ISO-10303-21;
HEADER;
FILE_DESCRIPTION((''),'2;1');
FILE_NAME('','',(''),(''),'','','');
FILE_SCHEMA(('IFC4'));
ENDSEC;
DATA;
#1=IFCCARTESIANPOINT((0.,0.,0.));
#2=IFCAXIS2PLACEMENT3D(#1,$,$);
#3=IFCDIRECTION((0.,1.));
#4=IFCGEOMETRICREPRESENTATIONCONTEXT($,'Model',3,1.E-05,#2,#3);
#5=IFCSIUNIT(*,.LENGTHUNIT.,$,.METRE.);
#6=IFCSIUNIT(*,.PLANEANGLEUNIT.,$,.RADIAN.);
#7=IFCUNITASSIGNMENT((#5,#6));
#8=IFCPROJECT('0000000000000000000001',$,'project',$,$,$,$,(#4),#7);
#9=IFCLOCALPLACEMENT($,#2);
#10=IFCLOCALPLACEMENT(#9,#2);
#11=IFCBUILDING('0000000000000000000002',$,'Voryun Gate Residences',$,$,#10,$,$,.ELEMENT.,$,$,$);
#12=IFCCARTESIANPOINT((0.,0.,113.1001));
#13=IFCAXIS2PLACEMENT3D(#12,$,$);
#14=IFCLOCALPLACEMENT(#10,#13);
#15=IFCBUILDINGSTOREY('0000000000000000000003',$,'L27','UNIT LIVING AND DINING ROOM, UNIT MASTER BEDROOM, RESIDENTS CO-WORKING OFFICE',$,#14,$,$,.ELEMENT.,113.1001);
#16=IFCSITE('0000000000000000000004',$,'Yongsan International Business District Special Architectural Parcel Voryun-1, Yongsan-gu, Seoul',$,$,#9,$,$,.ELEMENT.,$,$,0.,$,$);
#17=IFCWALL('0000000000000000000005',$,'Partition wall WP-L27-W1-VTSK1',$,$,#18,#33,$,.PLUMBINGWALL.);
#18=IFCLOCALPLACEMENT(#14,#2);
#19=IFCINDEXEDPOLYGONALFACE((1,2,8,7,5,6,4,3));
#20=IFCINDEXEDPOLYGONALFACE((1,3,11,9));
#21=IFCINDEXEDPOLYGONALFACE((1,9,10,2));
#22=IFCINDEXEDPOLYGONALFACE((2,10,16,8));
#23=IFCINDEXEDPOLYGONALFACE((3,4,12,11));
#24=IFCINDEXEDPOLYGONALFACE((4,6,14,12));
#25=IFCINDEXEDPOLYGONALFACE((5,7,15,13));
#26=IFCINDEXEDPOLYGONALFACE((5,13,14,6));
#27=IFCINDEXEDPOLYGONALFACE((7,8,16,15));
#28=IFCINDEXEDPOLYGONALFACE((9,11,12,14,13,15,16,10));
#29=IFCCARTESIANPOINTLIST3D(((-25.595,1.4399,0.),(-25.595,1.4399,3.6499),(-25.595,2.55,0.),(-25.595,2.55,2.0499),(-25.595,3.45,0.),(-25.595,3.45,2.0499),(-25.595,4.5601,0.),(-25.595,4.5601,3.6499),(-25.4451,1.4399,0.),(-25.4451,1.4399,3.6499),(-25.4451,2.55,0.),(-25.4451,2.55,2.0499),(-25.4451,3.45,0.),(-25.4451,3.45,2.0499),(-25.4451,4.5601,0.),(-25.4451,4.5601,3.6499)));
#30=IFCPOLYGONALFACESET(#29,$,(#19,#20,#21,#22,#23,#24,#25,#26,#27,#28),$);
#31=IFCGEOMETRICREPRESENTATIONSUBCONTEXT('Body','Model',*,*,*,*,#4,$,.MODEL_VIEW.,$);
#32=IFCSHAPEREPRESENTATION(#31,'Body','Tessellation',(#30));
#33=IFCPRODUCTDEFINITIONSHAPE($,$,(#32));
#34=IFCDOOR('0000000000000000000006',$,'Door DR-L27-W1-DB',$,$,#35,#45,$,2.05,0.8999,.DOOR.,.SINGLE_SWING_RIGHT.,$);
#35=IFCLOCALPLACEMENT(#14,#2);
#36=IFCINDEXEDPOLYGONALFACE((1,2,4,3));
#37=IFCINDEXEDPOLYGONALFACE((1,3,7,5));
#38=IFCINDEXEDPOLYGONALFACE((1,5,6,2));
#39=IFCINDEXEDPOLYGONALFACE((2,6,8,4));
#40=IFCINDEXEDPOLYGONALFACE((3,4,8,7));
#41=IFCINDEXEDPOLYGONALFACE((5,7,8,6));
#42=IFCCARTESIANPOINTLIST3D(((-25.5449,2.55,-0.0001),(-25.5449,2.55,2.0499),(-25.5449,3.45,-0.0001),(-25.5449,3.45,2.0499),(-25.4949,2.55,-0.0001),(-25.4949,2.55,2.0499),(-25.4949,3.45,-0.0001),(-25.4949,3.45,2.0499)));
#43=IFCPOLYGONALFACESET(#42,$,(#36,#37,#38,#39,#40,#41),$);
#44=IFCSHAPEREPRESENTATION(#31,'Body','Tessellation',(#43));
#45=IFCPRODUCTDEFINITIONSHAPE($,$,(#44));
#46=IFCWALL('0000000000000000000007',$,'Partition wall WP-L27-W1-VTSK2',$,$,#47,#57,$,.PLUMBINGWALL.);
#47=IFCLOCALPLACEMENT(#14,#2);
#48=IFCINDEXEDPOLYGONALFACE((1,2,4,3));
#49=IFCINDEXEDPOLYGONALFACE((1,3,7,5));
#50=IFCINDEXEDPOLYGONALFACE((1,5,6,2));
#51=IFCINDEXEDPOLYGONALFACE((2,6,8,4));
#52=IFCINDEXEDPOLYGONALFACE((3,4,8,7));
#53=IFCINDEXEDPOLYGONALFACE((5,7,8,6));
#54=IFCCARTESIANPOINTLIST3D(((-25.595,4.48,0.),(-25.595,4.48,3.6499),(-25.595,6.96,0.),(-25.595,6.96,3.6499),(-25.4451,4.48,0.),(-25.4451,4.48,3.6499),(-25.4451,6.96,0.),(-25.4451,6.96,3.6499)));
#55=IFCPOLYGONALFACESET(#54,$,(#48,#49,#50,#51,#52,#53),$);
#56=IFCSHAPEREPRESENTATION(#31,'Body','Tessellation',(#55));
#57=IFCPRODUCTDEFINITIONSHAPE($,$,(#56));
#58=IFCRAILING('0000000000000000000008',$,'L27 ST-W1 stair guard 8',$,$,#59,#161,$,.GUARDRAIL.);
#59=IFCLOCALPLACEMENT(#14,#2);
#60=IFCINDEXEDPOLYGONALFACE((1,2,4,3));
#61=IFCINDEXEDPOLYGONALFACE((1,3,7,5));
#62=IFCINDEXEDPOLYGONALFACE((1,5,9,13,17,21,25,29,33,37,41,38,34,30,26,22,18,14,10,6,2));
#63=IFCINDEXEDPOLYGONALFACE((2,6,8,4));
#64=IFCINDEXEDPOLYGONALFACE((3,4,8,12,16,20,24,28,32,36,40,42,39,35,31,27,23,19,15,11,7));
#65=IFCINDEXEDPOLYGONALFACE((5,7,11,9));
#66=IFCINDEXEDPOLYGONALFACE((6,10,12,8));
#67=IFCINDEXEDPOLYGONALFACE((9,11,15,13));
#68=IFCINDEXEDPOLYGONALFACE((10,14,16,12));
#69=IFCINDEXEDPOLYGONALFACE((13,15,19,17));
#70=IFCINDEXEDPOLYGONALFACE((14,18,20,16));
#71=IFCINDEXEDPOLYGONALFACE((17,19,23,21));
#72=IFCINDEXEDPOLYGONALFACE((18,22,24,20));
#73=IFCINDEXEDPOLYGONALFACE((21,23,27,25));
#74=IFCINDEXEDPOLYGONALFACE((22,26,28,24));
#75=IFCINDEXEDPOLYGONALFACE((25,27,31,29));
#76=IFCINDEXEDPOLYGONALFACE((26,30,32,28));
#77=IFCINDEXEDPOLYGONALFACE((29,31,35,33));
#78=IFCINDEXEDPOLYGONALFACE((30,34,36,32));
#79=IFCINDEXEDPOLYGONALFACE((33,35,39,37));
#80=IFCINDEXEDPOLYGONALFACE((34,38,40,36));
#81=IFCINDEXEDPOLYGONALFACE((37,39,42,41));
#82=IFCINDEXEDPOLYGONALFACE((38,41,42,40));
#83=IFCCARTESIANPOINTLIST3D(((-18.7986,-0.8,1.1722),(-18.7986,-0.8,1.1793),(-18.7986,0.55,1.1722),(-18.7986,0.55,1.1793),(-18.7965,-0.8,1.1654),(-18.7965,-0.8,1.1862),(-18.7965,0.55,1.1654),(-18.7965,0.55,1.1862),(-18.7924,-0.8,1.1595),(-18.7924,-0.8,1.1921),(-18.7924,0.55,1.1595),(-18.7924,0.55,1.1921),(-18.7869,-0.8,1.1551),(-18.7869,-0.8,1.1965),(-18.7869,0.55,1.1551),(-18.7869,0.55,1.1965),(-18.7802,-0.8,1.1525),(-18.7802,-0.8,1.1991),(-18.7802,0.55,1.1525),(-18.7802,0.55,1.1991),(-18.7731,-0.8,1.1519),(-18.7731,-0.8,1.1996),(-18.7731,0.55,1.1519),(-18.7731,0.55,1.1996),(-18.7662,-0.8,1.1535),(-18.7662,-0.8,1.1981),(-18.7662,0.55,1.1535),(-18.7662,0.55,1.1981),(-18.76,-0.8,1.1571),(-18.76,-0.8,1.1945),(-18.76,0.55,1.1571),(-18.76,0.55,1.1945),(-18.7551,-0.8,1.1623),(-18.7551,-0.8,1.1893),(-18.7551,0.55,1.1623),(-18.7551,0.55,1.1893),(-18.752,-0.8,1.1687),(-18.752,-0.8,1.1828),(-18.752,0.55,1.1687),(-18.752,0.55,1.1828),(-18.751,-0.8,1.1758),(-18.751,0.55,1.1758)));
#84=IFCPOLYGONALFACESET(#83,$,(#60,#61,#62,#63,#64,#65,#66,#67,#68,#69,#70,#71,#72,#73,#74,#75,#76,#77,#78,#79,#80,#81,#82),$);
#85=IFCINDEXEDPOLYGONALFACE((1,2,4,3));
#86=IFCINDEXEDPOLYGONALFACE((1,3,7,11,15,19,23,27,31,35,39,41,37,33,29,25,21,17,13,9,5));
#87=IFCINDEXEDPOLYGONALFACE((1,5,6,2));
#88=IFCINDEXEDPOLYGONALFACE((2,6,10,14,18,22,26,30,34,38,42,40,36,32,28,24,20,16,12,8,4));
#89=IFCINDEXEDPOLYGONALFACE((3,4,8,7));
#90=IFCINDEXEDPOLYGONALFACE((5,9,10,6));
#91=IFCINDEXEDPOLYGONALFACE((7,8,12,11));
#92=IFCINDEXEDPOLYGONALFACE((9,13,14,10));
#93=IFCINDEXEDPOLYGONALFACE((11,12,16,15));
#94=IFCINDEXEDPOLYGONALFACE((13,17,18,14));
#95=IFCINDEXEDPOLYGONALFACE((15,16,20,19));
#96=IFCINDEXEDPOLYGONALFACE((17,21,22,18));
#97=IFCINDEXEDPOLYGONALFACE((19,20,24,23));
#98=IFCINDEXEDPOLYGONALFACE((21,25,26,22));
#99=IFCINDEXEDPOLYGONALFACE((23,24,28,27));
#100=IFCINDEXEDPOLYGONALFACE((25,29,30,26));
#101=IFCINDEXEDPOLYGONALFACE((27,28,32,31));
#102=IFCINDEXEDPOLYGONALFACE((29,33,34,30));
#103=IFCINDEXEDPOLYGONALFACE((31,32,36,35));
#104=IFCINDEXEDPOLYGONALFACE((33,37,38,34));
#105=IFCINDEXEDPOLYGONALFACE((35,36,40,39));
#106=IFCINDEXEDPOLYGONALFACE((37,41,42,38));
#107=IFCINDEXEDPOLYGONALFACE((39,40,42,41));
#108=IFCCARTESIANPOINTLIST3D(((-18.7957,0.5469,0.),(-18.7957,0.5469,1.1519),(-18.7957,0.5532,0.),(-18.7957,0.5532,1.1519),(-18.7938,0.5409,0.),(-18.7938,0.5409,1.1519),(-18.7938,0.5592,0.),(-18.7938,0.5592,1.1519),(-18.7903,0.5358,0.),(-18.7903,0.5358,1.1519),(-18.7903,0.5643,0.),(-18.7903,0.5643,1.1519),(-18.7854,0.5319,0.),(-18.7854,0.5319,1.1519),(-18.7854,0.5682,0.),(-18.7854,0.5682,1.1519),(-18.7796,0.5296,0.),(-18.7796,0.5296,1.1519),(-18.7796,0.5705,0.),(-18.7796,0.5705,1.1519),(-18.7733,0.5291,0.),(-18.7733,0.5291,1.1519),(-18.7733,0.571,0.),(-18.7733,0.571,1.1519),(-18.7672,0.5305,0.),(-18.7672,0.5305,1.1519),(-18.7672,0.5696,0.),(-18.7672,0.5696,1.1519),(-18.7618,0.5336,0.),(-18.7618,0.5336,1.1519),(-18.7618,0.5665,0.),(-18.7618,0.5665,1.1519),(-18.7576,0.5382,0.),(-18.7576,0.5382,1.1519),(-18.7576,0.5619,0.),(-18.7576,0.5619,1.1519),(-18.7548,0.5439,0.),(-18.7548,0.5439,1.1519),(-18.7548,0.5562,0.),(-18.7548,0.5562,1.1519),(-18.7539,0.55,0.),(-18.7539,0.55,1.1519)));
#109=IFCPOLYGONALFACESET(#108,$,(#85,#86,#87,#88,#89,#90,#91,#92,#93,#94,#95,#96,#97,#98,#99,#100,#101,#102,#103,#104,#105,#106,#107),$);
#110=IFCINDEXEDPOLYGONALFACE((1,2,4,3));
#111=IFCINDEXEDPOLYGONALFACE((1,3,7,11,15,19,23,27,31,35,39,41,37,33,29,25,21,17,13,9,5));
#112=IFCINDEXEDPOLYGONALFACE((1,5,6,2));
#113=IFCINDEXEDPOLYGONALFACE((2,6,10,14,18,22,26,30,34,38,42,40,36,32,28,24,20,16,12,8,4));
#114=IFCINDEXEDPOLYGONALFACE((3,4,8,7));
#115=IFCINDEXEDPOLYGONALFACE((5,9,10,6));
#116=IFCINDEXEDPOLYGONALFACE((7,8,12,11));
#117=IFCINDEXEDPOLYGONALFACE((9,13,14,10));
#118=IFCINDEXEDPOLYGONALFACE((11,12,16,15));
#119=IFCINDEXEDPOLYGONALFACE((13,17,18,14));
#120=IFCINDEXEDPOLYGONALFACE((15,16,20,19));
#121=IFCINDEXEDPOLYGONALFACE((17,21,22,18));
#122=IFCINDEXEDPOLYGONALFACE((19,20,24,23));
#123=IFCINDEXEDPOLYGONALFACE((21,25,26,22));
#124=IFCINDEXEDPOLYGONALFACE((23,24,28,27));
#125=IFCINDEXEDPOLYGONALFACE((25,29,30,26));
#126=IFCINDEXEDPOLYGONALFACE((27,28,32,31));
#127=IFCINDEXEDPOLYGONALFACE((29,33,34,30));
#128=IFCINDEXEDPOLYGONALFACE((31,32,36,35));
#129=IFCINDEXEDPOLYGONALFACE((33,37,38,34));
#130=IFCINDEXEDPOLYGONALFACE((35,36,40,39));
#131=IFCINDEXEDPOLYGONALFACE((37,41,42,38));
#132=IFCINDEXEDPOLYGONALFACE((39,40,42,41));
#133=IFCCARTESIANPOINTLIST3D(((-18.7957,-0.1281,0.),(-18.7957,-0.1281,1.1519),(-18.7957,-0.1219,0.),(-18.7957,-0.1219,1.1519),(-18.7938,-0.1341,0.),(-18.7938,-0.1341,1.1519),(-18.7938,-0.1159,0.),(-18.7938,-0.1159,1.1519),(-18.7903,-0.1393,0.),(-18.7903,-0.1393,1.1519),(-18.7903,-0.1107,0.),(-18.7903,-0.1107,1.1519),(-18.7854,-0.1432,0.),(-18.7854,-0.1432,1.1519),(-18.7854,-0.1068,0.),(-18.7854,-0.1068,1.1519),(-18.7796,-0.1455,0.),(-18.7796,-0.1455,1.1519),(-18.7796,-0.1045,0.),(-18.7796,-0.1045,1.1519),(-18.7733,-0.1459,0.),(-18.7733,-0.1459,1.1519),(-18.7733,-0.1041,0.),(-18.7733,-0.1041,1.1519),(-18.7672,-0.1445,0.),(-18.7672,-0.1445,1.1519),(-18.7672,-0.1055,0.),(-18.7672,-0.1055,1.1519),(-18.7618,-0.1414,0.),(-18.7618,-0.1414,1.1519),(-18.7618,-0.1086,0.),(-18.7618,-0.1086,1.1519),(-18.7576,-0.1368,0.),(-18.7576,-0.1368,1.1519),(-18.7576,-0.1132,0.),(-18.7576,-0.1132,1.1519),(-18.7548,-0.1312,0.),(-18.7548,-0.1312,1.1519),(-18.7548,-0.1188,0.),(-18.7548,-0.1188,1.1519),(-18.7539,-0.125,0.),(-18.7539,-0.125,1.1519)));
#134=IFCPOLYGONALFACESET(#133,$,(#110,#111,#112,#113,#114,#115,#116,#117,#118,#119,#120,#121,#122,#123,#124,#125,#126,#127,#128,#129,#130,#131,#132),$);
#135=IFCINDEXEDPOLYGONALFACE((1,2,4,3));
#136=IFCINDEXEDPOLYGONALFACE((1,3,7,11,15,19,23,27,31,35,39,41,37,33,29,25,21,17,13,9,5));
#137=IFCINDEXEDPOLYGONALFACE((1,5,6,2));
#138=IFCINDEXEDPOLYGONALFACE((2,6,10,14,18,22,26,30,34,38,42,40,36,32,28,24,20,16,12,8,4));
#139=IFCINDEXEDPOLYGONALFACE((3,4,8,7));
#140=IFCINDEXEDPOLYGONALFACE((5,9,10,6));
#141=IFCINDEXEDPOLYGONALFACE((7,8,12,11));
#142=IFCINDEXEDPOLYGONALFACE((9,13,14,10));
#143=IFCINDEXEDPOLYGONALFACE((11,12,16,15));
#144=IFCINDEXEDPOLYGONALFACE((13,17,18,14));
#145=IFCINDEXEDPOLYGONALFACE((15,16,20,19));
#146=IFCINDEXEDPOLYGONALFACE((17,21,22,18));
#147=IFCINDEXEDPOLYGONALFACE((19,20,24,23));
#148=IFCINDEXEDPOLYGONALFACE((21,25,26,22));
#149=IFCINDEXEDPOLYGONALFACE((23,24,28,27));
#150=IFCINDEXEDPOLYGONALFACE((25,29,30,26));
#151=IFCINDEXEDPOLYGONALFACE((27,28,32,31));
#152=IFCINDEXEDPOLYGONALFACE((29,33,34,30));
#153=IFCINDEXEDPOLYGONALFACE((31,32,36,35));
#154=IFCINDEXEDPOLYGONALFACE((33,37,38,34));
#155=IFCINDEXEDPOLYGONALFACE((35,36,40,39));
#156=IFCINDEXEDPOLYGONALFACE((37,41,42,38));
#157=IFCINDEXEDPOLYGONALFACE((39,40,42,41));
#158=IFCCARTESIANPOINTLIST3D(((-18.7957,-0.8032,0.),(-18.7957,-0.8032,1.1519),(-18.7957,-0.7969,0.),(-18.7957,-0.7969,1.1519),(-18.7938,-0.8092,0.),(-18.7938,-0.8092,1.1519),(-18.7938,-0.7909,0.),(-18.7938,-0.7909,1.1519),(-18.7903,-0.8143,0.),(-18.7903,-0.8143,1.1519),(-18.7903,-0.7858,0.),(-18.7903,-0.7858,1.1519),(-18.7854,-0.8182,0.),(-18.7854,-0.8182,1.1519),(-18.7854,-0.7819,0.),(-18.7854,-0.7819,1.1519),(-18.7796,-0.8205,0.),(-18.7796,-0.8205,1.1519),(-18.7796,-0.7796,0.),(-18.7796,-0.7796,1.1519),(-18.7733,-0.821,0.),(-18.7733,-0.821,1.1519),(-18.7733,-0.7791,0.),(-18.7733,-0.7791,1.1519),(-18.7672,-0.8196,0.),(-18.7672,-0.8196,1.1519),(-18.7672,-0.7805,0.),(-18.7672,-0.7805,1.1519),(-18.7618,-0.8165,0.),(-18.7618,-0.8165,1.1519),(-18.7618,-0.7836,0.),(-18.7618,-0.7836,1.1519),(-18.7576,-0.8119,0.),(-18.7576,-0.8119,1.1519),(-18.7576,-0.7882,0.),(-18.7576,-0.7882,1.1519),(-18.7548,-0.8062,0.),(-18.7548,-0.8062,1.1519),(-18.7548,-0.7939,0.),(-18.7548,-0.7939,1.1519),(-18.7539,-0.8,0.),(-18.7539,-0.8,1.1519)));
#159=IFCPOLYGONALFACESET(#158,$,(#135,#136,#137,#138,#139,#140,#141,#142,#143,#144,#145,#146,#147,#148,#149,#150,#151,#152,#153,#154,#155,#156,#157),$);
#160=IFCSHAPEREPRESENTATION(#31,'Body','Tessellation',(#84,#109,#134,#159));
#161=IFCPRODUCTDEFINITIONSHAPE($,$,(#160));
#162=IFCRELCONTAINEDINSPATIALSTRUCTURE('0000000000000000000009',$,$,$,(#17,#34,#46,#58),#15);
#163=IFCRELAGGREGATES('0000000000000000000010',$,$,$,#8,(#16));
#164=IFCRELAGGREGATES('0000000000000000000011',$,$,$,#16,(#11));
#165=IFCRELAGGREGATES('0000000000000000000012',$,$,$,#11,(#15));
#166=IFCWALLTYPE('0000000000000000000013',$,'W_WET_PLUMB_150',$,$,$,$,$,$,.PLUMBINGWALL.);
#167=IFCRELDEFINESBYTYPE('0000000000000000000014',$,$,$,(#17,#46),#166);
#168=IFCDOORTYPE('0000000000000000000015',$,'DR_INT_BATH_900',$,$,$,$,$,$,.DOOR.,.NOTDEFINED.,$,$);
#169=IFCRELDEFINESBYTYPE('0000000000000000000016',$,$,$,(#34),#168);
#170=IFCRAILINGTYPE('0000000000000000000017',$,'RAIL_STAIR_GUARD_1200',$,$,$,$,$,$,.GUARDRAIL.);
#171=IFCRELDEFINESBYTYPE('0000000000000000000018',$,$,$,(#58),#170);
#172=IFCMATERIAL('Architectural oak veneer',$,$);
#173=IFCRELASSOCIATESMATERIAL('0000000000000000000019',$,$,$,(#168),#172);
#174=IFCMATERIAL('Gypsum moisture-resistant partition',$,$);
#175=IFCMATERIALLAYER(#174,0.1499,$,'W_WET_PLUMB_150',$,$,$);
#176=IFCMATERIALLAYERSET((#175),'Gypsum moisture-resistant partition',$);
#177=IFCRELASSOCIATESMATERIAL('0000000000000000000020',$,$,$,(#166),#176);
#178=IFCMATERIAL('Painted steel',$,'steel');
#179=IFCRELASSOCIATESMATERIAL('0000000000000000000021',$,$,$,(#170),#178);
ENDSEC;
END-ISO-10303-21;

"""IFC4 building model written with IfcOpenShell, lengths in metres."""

from ifc_helpers import new_model, si_unit, direction, frame, frame_2d, origin, origin_2d, place, context, subcontext, project, spatial, rectangle, circle, extrude, material, layer, layer_set, type_object, element, fill, save


model = new_model("IFC4")

# Units and contexts
model_context = context("Model", 3, precision=1e-05, world=origin(), true_north=direction((0.0, 1.0)))
body_context = subcontext(model_context, "Body", "Model", "MODEL_VIEW")
ifc_project = project(units=[si_unit("LENGTHUNIT", "METRE"), si_unit("PLANEANGLEUNIT", "RADIAN")], contexts=[model_context])

# Site, building, storey
site_placement = place(None, origin())
site = spatial("IfcSite", under=ifc_project, at=site_placement, Name="Yongsan International Business District Special Architectural Parcel Voryun-1, Yongsan-gu, Seoul", CompositionType="ELEMENT", RefElevation=0.0)
building_placement = place(site_placement, origin())
building = spatial("IfcBuilding", under=site, at=building_placement, Name="Voryun Gate Residences", CompositionType="ELEMENT")
storey_placement = place(building_placement, frame((0.0, 0.0, 113.1001)))
storey = spatial("IfcBuildingStorey", under=building, at=storey_placement, Name="L27", Description="UNIT LIVING AND DINING ROOM, UNIT MASTER BEDROOM, RESIDENTS CO-WORKING OFFICE", CompositionType="ELEMENT", Elevation=113.1001)

# Shared definitions
ifc_material_1 = material(Name="Architectural oak veneer")
door_type_1 = type_object("IfcDoorType", Name="DR_INT_BATH_900", OperationType="NOTDEFINED", PredefinedType="DOOR", material=ifc_material_1)
ifc_material_2 = material(Name="Gypsum moisture-resistant partition")
ifc_layer_1 = layer(ifc_material_2, 0.1499, Name="W_WET_PLUMB_150")
ifc_layer_set_1 = layer_set([ifc_layer_1], Name="Gypsum moisture-resistant partition")
wall_type_1 = type_object("IfcWallType", Name="W_WET_PLUMB_150", PredefinedType="PLUMBINGWALL", material=ifc_layer_set_1)

# Wall, opening, door
wall_1_placement = place(storey_placement, frame((-25.52, 1.4399, 0.0), z_axis=(0.0, 0.0, 1.0), x_axis=(0.0, 1.0, 0.0)))
wall_1 = element("IfcWall", 1, at=wall_1_placement, inside=storey, type_object=wall_type_1, Name="Partition wall WP-L27-W1-VTSK1", PredefinedType="PLUMBINGWALL", context=body_context, shape_type="SweptSolid", body=[
    extrude(rectangle(XDim=3.1201, YDim=0.1499, at=frame_2d((1.5601, 0.0))), origin(), (0.0, 0.0, 1.0), 3.6499),
])
opening_1_placement = place(wall_1_placement, frame((1.1101, 0.0, 0.0)))
opening_1 = element("IfcOpeningElement", 2, at=opening_1_placement, cuts=wall_1, PredefinedType="OPENING", context=body_context, shape_type="SweptSolid", body=[
    extrude(rectangle(XDim=0.8999, YDim=2.05, at=frame_2d((0.45, 1.0249))), frame((0.0, 0.085, 0.0), z_axis=(0.0, -1.0, 0.0), x_axis=(1.0, 0.0, 0.0)), (0.0, 0.0, 1.0), 0.1699),
])
door_1_placement = place(opening_1_placement, origin())
door_1 = element("IfcDoor", 3, at=door_1_placement, inside=storey, type_object=door_type_1, Name="Door DR-L27-W1-DB", OperationType="SINGLE_SWING_RIGHT", OverallHeight=2.05, OverallWidth=0.8999, PredefinedType="DOOR", context=body_context, shape_type="SweptSolid", body=[
    extrude(rectangle(XDim=0.8999, YDim=2.05, at=frame_2d((0.45, 1.0249))), frame((0.0, 0.0249, 0.0), z_axis=(0.0, -1.0, 0.0), x_axis=(1.0, 0.0, 0.0)), (0.0, 0.0, 1.0), 0.05),
])
fill(opening_1, door_1)

# Wall
wall_2_placement = place(storey_placement, frame((-25.52, 4.48, 0.0), z_axis=(0.0, 0.0, 1.0), x_axis=(0.0, 1.0, 0.0)))
element("IfcWall", 4, at=wall_2_placement, inside=storey, type_object=wall_type_1, Name="Partition wall WP-L27-W1-VTSK2", PredefinedType="PLUMBINGWALL", context=body_context, shape_type="SweptSolid", body=[
    extrude(rectangle(XDim=2.48, YDim=0.1499, at=frame_2d((1.24, 0.0))), origin(), (0.0, 0.0, 1.0), 3.6499),
])

# Railing
ifc_material_3 = material(Name="Painted steel", Category="steel")
railing_type = type_object("IfcRailingType", Name="RAIL_STAIR_GUARD_1200", PredefinedType="GUARDRAIL", material=ifc_material_3)
railing_1_placement = place(storey_placement, frame((-18.7749, 0.55, 0.0)))
element("IfcRailing", 5, at=railing_1_placement, inside=storey, type_object=railing_type, Name="L27 ST-W1 stair guard 8", PredefinedType="GUARDRAIL", context=body_context, shape_type="SweptSolid", body=[
    extrude(circle(Radius=0.0239, at=origin_2d()), frame((0.0, 0.0, 1.1758), z_axis=(0.0, -1.0, 0.0), x_axis=(1.0, 0.0, 0.0)), (0.0, 0.0, 1.0), 1.3501),
    extrude(circle(Radius=0.021, at=origin_2d()), origin(), (0.0, 0.0, 1.0), 1.1519),
    extrude(circle(Radius=0.021, at=origin_2d()), frame((0.0, -0.675, 0.0)), (0.0, 0.0, 1.0), 1.1519),
    extrude(circle(Radius=0.021, at=origin_2d()), frame((0.0, -1.3501, 0.0)), (0.0, 0.0, 1.0), 1.1519),
])

save(model, "model.ifc")
